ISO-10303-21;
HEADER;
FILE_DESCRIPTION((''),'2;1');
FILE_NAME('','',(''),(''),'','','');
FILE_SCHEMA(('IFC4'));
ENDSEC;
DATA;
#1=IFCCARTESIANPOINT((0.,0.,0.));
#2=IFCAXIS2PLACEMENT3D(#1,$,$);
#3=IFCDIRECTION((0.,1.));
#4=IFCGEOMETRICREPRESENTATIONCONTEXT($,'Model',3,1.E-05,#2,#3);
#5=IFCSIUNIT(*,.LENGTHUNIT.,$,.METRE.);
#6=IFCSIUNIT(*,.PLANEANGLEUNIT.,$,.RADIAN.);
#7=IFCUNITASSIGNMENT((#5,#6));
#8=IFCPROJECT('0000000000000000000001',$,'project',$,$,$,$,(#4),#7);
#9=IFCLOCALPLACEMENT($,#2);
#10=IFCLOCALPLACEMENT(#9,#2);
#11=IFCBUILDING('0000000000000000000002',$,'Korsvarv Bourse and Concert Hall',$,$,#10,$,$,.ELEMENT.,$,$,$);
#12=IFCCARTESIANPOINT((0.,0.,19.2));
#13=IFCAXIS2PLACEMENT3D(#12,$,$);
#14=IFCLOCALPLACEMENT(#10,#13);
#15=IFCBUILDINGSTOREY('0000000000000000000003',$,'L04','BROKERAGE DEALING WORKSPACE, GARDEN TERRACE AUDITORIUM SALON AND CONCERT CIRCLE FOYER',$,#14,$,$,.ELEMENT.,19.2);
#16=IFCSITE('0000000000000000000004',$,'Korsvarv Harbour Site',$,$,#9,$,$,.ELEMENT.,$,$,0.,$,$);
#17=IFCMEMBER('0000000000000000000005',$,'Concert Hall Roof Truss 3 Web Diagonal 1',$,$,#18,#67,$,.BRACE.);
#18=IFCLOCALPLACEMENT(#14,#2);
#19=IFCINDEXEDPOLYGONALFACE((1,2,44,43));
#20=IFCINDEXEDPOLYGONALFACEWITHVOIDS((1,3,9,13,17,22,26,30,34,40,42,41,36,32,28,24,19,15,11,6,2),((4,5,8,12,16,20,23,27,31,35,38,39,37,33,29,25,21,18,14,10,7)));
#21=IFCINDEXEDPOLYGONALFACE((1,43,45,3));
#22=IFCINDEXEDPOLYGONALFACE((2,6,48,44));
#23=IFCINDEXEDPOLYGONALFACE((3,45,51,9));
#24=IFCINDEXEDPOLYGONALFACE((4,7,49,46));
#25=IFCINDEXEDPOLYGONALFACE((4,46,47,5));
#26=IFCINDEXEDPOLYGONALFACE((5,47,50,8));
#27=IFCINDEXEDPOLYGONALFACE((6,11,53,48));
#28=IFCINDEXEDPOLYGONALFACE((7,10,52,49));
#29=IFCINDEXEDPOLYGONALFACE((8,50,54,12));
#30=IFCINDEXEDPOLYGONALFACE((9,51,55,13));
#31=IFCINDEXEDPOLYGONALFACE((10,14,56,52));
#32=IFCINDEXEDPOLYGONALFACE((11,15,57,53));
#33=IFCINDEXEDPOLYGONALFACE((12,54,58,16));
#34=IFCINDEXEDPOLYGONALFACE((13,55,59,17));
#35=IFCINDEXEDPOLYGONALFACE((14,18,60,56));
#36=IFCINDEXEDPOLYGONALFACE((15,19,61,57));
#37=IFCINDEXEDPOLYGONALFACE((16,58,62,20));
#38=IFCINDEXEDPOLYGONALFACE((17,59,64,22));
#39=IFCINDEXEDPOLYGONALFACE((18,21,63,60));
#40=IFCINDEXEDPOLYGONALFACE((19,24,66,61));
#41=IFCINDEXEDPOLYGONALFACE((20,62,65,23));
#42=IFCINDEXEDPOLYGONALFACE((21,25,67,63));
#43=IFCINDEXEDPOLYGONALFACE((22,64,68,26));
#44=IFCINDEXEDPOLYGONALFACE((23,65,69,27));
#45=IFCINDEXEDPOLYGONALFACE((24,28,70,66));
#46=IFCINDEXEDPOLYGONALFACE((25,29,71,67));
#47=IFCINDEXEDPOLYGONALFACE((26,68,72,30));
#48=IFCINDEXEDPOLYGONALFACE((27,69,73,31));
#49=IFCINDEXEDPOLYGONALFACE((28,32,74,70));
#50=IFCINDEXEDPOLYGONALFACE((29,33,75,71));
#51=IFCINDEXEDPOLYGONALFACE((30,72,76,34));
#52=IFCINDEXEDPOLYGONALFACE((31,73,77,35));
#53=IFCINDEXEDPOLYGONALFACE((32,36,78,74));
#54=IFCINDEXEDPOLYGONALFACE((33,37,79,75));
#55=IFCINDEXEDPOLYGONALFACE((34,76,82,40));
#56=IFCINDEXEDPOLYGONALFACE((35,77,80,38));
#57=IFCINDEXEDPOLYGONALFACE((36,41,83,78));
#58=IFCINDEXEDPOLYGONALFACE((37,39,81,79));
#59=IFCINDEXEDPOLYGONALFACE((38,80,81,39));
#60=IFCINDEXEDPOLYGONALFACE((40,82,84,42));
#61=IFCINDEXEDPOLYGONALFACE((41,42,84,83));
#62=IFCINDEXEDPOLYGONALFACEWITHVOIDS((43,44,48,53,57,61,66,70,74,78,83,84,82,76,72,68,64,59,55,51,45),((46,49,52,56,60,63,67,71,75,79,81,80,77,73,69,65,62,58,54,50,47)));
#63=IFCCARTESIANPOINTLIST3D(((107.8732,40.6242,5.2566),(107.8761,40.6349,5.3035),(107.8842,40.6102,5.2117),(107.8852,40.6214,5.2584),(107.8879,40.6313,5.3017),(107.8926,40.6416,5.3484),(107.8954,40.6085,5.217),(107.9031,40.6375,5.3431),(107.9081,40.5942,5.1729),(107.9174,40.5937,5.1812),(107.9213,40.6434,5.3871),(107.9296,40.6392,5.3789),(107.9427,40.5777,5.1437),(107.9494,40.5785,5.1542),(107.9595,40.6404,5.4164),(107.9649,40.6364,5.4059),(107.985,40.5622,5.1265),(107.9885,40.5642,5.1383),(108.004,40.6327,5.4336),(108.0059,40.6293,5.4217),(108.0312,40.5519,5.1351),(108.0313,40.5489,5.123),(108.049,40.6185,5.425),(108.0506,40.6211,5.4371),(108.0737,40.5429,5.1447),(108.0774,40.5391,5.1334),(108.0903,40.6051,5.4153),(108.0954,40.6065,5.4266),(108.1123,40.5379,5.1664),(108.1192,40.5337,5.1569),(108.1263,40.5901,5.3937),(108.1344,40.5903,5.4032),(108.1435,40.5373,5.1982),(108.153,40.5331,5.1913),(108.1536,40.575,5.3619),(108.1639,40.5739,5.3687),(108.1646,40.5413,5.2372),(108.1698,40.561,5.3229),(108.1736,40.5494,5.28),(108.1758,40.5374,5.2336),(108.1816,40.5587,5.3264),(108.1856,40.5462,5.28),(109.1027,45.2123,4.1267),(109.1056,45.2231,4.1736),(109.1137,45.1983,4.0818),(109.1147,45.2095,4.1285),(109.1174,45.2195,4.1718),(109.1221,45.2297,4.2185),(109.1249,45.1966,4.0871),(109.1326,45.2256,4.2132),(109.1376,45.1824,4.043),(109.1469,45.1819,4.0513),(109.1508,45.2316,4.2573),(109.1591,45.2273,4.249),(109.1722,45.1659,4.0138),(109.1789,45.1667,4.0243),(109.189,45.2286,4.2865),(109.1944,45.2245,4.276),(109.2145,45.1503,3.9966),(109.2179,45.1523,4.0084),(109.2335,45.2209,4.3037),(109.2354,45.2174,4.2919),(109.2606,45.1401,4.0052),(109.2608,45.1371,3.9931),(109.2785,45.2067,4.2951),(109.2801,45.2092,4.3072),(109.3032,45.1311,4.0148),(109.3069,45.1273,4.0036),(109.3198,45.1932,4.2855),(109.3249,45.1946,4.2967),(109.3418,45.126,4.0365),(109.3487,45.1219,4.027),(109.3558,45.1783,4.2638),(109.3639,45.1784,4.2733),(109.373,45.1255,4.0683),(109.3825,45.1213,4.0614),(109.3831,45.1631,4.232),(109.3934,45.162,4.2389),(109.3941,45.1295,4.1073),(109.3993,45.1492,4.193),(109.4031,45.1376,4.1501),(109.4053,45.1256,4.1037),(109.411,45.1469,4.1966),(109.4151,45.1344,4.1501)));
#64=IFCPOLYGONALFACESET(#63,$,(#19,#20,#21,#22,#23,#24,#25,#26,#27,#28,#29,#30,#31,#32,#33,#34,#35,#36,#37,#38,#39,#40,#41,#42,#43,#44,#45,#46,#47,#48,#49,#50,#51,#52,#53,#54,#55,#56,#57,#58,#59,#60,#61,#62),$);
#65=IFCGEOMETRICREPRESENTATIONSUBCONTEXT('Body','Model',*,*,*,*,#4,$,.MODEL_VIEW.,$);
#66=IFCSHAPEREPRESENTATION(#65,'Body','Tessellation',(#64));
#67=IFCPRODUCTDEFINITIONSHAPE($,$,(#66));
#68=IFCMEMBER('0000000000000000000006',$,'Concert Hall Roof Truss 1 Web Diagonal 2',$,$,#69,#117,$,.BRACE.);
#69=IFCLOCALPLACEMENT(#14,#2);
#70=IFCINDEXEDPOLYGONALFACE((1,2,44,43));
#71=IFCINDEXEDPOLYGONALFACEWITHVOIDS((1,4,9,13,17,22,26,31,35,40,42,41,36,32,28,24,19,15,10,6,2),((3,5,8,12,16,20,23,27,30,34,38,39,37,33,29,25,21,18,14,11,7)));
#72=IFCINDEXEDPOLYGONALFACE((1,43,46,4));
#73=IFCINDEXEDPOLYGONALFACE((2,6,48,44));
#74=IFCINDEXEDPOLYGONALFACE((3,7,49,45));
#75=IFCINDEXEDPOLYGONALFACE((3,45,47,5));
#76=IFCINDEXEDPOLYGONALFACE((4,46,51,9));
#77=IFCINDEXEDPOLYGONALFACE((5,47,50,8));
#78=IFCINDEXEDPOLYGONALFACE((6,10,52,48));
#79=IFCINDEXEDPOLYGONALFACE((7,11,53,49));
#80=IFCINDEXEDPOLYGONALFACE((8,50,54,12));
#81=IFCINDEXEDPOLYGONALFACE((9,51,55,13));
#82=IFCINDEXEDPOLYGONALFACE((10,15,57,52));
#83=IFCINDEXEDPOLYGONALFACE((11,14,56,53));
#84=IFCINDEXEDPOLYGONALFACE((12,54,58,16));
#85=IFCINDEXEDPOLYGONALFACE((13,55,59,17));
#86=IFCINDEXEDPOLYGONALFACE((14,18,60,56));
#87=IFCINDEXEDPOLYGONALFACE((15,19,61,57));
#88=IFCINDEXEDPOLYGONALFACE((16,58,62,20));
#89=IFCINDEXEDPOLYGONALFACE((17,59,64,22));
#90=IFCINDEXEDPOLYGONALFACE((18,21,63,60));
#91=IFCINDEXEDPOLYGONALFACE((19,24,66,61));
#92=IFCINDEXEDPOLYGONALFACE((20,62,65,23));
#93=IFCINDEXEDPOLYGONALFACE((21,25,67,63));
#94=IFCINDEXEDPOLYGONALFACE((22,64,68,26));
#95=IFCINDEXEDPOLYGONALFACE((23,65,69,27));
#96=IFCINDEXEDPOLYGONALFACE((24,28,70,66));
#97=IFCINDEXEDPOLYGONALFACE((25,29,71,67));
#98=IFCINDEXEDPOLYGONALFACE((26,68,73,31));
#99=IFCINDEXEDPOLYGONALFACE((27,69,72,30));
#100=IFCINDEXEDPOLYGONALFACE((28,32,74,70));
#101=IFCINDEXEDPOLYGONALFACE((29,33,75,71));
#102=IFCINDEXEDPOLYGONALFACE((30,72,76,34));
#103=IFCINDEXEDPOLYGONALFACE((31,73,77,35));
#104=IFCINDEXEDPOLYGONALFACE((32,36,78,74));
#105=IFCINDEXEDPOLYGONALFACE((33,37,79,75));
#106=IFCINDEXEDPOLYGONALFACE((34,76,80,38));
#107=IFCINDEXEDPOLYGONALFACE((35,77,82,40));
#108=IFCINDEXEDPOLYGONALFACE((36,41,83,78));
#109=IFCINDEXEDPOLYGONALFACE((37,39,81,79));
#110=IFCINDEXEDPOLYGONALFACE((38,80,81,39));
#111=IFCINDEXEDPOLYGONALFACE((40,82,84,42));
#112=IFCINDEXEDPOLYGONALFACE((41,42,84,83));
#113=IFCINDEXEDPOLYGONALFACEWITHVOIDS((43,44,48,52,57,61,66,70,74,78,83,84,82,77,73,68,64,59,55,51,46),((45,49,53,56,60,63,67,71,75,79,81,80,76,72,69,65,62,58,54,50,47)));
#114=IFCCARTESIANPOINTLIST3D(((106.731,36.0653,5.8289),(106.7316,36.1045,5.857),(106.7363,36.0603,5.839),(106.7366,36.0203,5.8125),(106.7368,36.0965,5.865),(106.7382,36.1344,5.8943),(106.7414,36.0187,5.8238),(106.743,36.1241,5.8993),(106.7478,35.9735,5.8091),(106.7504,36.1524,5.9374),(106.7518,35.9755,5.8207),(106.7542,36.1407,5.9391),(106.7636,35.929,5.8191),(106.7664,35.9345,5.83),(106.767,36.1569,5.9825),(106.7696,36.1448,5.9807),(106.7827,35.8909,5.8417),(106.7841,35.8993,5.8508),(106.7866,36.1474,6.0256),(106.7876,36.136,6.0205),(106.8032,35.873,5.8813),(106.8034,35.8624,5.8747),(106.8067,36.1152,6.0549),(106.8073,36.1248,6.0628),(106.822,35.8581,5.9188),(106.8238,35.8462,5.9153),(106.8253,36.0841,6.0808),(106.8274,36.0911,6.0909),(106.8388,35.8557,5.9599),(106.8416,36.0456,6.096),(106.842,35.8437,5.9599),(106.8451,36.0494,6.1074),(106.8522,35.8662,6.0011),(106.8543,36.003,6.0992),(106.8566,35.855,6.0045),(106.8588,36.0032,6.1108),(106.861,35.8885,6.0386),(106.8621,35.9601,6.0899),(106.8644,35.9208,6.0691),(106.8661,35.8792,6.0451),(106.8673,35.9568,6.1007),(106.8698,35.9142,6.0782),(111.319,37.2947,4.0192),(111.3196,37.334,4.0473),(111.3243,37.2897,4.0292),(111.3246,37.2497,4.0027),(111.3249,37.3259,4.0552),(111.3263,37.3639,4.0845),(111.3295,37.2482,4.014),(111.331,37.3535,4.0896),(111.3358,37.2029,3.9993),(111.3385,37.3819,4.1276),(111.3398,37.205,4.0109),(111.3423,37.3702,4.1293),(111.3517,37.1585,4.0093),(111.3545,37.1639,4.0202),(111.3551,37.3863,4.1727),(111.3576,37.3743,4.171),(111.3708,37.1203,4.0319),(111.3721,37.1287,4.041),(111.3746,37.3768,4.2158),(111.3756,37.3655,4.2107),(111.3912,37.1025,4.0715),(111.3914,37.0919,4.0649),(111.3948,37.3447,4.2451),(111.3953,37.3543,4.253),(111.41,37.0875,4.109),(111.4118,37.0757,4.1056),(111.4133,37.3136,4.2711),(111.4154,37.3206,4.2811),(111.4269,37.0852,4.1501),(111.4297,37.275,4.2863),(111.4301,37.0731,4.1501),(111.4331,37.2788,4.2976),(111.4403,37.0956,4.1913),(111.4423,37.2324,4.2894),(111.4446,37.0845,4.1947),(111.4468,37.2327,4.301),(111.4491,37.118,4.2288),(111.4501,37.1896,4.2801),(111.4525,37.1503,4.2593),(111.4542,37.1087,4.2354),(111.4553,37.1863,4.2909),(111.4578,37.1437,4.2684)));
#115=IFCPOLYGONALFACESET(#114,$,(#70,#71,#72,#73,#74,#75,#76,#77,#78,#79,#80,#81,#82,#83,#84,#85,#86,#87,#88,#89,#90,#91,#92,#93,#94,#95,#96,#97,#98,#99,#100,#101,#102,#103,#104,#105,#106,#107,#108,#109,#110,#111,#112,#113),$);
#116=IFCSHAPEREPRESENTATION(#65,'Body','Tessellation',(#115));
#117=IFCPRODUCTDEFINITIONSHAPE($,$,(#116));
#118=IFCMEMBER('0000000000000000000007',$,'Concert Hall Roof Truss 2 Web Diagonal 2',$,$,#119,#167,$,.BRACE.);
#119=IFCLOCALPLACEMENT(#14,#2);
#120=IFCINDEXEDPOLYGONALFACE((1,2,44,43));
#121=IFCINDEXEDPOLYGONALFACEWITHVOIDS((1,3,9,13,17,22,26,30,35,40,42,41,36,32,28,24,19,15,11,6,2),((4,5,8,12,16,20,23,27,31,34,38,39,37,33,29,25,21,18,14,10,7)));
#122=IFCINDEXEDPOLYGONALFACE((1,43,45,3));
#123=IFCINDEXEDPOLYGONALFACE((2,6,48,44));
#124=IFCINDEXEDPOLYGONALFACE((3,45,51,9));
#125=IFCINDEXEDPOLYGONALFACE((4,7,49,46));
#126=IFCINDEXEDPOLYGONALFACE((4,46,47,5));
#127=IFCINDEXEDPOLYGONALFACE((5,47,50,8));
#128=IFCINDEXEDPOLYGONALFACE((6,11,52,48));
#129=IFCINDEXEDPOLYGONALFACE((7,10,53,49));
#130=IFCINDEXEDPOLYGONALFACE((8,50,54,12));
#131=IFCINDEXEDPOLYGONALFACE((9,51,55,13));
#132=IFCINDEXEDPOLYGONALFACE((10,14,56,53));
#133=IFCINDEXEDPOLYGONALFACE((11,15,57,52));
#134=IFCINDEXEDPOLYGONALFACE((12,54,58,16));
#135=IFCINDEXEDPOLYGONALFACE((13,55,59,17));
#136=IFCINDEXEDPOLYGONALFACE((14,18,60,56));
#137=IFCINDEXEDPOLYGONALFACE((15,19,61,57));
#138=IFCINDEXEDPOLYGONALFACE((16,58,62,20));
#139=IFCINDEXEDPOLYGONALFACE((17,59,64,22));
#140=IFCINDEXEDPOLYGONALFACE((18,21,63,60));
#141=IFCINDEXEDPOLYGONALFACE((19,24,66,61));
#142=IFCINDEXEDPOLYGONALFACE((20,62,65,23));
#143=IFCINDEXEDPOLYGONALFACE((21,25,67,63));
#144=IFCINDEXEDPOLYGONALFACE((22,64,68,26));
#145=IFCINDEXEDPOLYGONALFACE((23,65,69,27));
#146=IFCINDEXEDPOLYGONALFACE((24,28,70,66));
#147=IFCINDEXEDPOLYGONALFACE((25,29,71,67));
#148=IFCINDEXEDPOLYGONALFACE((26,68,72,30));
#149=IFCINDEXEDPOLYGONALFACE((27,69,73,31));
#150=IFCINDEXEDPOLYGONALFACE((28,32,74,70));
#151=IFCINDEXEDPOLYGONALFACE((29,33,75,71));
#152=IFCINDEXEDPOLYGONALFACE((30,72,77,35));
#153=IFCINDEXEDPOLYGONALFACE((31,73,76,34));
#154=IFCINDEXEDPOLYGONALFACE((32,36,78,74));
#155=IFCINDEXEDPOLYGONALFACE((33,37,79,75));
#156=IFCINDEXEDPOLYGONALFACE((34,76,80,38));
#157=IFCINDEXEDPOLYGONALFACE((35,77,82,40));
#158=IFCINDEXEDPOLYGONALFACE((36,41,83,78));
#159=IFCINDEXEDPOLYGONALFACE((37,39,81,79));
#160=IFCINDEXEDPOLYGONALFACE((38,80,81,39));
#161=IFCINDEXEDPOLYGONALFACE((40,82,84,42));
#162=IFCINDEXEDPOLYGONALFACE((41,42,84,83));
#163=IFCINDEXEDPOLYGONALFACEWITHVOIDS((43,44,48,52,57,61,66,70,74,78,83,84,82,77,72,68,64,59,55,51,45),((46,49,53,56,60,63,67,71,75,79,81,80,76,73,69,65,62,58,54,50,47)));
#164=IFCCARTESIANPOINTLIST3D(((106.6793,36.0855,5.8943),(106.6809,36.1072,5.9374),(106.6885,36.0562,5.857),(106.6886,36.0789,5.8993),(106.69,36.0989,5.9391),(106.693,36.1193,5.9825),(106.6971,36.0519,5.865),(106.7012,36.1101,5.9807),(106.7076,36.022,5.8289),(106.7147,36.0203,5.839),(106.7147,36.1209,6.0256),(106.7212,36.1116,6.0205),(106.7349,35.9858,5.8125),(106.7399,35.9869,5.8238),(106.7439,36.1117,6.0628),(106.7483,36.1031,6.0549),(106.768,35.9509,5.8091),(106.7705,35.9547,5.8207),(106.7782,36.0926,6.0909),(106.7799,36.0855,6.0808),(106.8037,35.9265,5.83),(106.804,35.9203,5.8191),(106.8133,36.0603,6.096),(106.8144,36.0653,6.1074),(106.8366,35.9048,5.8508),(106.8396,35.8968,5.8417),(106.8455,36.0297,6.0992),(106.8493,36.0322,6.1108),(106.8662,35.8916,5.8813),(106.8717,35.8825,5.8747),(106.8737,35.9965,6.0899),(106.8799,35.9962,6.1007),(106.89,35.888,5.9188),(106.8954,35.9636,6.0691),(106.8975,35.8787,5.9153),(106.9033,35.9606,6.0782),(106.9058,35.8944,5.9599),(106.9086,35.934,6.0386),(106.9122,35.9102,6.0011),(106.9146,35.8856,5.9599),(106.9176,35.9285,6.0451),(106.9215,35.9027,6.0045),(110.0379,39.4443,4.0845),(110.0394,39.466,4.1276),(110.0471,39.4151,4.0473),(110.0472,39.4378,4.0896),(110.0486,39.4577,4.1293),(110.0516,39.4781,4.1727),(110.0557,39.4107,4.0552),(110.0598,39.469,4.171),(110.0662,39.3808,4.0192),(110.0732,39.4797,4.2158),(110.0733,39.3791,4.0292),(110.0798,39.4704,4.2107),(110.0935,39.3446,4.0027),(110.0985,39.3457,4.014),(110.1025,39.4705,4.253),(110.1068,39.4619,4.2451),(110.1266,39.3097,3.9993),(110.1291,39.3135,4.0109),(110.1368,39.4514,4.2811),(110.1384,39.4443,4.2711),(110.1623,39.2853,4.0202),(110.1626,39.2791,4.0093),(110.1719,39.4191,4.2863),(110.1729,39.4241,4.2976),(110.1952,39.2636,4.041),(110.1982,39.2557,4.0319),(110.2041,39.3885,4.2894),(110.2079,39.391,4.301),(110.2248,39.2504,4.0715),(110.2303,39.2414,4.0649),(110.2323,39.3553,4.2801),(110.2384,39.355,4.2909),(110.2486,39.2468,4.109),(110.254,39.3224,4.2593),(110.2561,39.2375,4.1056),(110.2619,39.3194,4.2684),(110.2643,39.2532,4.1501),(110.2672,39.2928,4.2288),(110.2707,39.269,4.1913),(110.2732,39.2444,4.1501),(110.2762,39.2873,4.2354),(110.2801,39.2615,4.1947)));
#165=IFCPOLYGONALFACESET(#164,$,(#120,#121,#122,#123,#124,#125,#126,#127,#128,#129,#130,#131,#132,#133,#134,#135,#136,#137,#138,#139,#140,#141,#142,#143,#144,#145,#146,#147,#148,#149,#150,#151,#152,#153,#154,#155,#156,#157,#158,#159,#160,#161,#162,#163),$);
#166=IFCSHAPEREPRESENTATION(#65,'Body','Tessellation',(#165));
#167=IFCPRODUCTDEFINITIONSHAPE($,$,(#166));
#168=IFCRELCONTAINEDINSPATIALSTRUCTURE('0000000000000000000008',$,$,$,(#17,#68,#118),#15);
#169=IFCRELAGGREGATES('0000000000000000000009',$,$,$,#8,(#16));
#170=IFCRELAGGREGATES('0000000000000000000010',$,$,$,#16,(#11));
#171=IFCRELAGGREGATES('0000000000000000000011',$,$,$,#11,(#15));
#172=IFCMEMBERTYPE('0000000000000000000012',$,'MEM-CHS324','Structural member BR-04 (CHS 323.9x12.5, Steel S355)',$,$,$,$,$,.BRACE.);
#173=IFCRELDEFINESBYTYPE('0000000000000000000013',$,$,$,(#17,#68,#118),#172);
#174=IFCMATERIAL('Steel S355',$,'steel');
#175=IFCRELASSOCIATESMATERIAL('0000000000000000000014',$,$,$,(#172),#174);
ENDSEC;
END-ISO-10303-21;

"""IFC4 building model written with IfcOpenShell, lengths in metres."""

from ifc_helpers import new_model, si_unit, direction, frame, origin, origin_2d, place, context, subcontext, project, spatial, hollow_circle, extrude, source, transform, mapped, material, material_profile, profile_set, type_object, element, save


model = new_model("IFC4")

# Units and contexts
model_context = context("Model", 3, precision=1e-05, world=origin(), true_north=direction((0.0, 1.0)))
body_context = subcontext(model_context, "Body", "Model", "MODEL_VIEW")
ifc_project = project(units=[si_unit("LENGTHUNIT", "METRE"), si_unit("PLANEANGLEUNIT", "RADIAN")], contexts=[model_context])

# Site, building, storey
site_placement = place(None, origin())
site = spatial("IfcSite", under=ifc_project, at=site_placement, Name="Korsvarv Harbour Site", CompositionType="ELEMENT", RefElevation=0.0)
building_placement = place(site_placement, origin())
building = spatial("IfcBuilding", under=site, at=building_placement, Name="Korsvarv Bourse and Concert Hall", CompositionType="ELEMENT")
storey_placement = place(building_placement, frame((0.0, 0.0, 19.2)))
storey = spatial("IfcBuildingStorey", under=building, at=storey_placement, Name="L04", Description="BROKERAGE DEALING WORKSPACE, GARDEN TERRACE AUDITORIUM SALON AND CONCERT CIRCLE FOYER", CompositionType="ELEMENT", Elevation=19.2)

# Shared definitions
ifc_material_1 = material(Name="Steel S355", Category="steel")

# Members
ifc_material_profile_1 = material_profile(ifc_material_1, hollow_circle(Radius=0.1619, WallThickness=0.0125, at=origin_2d()), Name="CHS 323.9x12.5")
ifc_profile_set_1 = profile_set([ifc_material_profile_1], Name="Steel S355")
member_type_1 = type_object("IfcMemberType", Name="MEM-CHS324", Description="Structural member BR-04 (CHS 323.9x12.5, Steel S355)", PredefinedType="BRACE", material=ifc_profile_set_1)
shared_shape_1 = source(origin(), body_context, "Body", "SweptSolid", [
    extrude(hollow_circle(Radius=0.1619, WallThickness=0.0125, at=origin_2d()), origin(), (0.0, 0.0, 1.0), 4.8826),
])
member_1_placement = place(storey_placement, frame((109.2588, 45.1763, 4.1501), z_axis=(-0.251814, -0.939701, 0.231413), x_axis=(0.96592, -0.25884, 0.0)))
element("IfcMember", 1, at=member_1_placement, inside=storey, type_object=member_type_1, Name="Concert Hall Roof Truss 3 Web Diagonal 1", PredefinedType="BRACE", context=body_context, shape_type="MappedRepresentation", body=[
    mapped(shared_shape_1, transform((0.0, 0.0, 0.0), scale=1.0)),
])
shared_shape_2 = source(origin(), body_context, "Body", "SweptSolid", [
    extrude(hollow_circle(Radius=0.1619, WallThickness=0.0125, at=origin_2d()), origin(), (0.0, 0.0, 1.0), 5.083),
])
for number, where, z_axis, x_axis, name in (
    (2, (111.3882, 37.2295, 4.1501), (-0.902623, -0.241878, 0.356044), (0.25884, -0.96592, 0.0), "Concert Hall Roof Truss 1 Web Diagonal 2"),
    (3, (110.1587, 39.3589, 4.1501), (-0.660745, -0.660793, 0.356045), (0.707132, -0.707081, 0.0), "Concert Hall Roof Truss 2 Web Diagonal 2"),
):
    element("IfcMember", number, at=place(storey_placement, frame(where, z_axis=z_axis, x_axis=x_axis)), inside=storey, type_object=member_type_1, Name=name, PredefinedType="BRACE", context=body_context, shape_type="MappedRepresentation", body=[
        mapped(shared_shape_2, transform((0.0, 0.0, 0.0), scale=1.0)),
    ])

save(model, "model.ifc")
